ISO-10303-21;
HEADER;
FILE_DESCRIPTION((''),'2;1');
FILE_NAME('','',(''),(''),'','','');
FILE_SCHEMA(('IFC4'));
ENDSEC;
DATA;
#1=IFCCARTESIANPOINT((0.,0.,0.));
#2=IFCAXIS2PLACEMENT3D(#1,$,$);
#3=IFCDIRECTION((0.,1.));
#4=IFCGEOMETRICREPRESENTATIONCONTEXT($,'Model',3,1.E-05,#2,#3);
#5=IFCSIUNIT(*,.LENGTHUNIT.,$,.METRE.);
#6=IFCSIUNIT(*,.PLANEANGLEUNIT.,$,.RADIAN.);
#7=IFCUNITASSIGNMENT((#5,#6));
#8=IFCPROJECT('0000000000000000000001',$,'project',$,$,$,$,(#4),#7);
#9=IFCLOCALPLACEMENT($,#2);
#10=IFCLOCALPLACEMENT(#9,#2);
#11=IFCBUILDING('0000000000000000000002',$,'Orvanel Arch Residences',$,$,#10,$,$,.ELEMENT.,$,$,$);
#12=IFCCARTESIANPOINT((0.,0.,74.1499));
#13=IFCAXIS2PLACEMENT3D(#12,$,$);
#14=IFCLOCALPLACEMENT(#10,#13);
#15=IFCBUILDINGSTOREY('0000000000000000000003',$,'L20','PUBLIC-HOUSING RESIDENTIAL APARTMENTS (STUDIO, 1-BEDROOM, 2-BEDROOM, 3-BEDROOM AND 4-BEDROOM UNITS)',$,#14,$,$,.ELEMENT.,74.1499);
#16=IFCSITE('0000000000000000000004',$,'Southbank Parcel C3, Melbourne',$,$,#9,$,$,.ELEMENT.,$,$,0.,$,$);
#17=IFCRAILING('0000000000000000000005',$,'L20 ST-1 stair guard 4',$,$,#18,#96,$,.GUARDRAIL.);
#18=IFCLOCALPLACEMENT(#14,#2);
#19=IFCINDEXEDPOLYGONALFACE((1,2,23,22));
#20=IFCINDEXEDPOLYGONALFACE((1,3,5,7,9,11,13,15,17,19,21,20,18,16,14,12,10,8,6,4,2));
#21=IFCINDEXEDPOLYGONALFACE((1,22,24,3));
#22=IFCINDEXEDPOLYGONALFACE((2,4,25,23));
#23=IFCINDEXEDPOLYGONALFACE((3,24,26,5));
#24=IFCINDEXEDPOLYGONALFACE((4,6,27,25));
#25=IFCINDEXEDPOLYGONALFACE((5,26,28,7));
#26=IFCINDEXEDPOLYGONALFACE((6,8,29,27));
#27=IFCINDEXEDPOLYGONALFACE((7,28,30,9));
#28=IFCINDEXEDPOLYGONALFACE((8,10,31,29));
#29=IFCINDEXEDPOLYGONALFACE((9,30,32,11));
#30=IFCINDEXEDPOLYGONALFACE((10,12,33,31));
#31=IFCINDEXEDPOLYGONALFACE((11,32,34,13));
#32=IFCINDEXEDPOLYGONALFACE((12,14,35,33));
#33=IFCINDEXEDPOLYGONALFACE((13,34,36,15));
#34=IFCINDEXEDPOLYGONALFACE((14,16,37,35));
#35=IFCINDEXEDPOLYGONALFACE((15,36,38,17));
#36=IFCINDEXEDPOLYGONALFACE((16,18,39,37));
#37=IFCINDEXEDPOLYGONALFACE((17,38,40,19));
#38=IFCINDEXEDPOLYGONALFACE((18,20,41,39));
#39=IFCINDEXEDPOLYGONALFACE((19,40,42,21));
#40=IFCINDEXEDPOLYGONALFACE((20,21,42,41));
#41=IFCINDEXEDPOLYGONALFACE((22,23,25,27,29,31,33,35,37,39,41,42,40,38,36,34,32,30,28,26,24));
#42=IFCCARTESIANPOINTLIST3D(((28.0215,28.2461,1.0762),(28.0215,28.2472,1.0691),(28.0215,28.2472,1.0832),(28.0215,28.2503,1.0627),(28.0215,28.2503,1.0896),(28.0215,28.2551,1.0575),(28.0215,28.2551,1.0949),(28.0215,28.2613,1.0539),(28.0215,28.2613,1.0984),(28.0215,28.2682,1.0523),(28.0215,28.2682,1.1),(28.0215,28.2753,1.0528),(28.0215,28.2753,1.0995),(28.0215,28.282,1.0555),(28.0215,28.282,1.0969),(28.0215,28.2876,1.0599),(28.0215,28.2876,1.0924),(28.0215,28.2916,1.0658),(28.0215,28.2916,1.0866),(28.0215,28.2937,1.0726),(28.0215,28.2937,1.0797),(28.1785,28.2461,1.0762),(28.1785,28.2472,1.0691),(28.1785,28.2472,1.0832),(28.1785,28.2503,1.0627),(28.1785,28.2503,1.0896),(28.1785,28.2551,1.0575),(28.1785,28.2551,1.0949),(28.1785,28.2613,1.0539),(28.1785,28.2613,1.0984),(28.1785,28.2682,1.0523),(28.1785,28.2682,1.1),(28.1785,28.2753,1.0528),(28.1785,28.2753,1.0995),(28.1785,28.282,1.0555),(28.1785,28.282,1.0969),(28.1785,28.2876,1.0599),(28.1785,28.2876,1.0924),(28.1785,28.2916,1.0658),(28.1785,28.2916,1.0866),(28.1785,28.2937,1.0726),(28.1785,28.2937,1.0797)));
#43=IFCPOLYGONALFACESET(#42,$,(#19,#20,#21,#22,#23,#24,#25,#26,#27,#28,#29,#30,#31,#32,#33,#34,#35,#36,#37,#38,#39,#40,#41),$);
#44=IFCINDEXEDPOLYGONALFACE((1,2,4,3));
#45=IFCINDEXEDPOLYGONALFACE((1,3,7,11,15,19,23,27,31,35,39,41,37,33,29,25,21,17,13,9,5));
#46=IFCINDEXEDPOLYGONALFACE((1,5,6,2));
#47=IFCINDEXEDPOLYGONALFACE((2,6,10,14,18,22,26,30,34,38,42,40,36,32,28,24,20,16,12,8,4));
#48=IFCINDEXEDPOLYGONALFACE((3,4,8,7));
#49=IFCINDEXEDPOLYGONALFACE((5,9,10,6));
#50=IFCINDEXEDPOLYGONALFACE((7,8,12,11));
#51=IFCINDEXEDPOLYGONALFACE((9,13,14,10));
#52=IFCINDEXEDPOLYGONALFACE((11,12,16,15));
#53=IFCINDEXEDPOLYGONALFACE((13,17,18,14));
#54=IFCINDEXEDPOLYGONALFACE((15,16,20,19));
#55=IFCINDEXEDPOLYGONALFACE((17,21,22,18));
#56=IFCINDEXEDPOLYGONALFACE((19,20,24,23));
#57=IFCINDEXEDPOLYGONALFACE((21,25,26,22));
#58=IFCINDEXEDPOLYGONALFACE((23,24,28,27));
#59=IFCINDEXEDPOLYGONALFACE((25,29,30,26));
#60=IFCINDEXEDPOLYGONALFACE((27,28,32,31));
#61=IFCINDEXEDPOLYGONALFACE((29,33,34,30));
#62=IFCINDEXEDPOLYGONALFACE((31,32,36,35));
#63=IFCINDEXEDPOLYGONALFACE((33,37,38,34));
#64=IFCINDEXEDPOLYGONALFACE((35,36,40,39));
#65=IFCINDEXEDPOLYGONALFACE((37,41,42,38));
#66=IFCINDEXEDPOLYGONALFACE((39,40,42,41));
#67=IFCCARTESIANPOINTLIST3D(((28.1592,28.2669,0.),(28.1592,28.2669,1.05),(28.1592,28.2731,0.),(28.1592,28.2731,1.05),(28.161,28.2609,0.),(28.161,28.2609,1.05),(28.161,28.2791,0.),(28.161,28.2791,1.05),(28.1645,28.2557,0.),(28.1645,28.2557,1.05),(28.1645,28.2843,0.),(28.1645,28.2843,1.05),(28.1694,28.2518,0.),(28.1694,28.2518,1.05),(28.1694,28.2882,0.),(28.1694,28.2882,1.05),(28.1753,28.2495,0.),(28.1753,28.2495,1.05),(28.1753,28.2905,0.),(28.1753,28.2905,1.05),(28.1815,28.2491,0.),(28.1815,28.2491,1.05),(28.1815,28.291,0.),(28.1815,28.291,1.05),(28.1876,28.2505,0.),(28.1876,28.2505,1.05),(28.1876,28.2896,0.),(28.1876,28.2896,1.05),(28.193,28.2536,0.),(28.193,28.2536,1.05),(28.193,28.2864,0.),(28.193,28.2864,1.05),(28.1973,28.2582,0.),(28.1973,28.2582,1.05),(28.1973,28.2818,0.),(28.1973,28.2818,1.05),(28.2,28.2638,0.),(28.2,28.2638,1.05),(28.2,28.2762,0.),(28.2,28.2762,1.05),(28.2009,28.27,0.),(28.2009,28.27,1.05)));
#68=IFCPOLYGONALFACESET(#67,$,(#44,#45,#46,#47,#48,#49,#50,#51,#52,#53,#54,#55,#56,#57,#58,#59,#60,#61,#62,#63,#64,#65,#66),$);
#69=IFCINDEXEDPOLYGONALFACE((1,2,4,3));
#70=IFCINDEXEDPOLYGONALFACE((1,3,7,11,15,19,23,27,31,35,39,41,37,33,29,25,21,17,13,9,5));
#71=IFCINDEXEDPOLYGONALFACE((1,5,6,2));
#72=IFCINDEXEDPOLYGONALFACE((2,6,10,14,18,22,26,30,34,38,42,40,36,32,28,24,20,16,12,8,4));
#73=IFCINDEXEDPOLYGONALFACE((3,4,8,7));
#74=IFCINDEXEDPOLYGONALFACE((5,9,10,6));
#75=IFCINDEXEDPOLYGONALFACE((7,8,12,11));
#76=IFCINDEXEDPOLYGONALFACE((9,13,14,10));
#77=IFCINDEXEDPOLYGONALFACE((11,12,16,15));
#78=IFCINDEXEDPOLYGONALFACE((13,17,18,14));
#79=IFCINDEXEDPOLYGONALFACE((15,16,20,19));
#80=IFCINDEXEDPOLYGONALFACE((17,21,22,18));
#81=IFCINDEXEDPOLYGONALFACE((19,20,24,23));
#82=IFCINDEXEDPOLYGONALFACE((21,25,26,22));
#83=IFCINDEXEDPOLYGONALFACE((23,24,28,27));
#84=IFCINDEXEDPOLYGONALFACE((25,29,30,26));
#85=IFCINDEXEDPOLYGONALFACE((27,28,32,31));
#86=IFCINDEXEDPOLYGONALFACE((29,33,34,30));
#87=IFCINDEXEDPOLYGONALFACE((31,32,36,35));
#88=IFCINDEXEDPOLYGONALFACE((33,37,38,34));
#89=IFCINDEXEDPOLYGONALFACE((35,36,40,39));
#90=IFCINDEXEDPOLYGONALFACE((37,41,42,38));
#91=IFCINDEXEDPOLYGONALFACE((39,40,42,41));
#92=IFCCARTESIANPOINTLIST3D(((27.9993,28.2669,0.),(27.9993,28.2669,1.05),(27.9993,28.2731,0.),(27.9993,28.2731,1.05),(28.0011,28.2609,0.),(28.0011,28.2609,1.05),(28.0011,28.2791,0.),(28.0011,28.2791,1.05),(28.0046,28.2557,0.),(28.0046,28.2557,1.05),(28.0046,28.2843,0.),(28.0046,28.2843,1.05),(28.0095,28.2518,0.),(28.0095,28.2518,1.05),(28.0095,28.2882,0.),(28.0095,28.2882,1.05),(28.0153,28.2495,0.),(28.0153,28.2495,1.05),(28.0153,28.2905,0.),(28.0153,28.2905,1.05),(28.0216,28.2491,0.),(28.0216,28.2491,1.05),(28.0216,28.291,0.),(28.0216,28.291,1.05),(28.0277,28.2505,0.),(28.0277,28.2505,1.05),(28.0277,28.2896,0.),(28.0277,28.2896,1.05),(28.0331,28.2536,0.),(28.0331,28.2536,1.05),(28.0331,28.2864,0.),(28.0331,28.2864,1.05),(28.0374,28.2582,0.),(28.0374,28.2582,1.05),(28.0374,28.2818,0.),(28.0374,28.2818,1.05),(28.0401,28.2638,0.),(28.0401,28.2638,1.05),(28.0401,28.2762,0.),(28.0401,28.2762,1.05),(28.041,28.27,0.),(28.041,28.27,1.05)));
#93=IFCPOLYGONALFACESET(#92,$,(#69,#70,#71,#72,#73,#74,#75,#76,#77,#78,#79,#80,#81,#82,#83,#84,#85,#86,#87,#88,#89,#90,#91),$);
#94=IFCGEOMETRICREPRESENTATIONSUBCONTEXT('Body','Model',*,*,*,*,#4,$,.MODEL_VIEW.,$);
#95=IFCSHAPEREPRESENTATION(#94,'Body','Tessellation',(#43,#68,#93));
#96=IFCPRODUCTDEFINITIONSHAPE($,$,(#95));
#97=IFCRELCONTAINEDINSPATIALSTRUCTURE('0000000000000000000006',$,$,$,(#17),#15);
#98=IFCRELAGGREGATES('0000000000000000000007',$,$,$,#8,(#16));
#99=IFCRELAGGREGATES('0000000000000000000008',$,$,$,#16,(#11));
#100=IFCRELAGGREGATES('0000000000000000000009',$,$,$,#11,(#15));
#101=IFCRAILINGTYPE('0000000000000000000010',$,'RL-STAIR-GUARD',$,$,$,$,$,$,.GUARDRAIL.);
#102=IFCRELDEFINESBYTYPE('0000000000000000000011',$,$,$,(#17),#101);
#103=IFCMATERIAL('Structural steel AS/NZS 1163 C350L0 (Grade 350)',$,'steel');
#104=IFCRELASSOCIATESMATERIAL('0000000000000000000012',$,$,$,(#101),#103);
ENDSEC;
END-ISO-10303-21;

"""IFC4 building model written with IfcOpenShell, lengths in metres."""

from ifc_helpers import new_model, si_unit, direction, frame, origin, origin_2d, place, context, subcontext, project, spatial, circle, extrude, material, type_object, element, save


model = new_model("IFC4")

# Units and contexts
model_context = context("Model", 3, precision=1e-05, world=origin(), true_north=direction((0.0, 1.0)))
body_context = subcontext(model_context, "Body", "Model", "MODEL_VIEW")
ifc_project = project(units=[si_unit("LENGTHUNIT", "METRE"), si_unit("PLANEANGLEUNIT", "RADIAN")], contexts=[model_context])

# Site, building, storey
site_placement = place(None, origin())
site = spatial("IfcSite", under=ifc_project, at=site_placement, Name="Southbank Parcel C3, Melbourne", CompositionType="ELEMENT", RefElevation=0.0)
building_placement = place(site_placement, origin())
building = spatial("IfcBuilding", under=site, at=building_placement, Name="Orvanel Arch Residences", CompositionType="ELEMENT")
storey_placement = place(building_placement, frame((0.0, 0.0, 74.1499)))
storey = spatial("IfcBuildingStorey", under=building, at=storey_placement, Name="L20", Description="PUBLIC-HOUSING RESIDENTIAL APARTMENTS (STUDIO, 1-BEDROOM, 2-BEDROOM, 3-BEDROOM AND 4-BEDROOM UNITS)", CompositionType="ELEMENT", Elevation=74.1499)

# Railing
ifc_material_1 = material(Name="Structural steel AS/NZS 1163 C350L0 (Grade 350)", Category="steel")
railing_type_1 = type_object("IfcRailingType", Name="RL-STAIR-GUARD", PredefinedType="GUARDRAIL", material=ifc_material_1)
railing_1_placement = place(storey_placement, frame((28.1799, 28.27, 0.0)))
element("IfcRailing", 1, at=railing_1_placement, inside=storey, type_object=railing_type_1, Name="L20 ST-1 stair guard 4", PredefinedType="GUARDRAIL", context=body_context, shape_type="SweptSolid", body=[
    extrude(circle(Radius=0.0239, at=origin_2d()), frame((-0.0015, 0.0, 1.0762), z_axis=(-1.0, 0.0, 0.0), x_axis=(0.0, -1.0, 0.0)), (0.0, 0.0, 1.0), 0.157),
    extrude(circle(Radius=0.021, at=origin_2d()), origin(), (0.0, 0.0, 1.0), 1.05),
    extrude(circle(Radius=0.021, at=origin_2d()), frame((-0.1599, 0.0, 0.0)), (0.0, 0.0, 1.0), 1.05),
])

save(model, "model.ifc")
